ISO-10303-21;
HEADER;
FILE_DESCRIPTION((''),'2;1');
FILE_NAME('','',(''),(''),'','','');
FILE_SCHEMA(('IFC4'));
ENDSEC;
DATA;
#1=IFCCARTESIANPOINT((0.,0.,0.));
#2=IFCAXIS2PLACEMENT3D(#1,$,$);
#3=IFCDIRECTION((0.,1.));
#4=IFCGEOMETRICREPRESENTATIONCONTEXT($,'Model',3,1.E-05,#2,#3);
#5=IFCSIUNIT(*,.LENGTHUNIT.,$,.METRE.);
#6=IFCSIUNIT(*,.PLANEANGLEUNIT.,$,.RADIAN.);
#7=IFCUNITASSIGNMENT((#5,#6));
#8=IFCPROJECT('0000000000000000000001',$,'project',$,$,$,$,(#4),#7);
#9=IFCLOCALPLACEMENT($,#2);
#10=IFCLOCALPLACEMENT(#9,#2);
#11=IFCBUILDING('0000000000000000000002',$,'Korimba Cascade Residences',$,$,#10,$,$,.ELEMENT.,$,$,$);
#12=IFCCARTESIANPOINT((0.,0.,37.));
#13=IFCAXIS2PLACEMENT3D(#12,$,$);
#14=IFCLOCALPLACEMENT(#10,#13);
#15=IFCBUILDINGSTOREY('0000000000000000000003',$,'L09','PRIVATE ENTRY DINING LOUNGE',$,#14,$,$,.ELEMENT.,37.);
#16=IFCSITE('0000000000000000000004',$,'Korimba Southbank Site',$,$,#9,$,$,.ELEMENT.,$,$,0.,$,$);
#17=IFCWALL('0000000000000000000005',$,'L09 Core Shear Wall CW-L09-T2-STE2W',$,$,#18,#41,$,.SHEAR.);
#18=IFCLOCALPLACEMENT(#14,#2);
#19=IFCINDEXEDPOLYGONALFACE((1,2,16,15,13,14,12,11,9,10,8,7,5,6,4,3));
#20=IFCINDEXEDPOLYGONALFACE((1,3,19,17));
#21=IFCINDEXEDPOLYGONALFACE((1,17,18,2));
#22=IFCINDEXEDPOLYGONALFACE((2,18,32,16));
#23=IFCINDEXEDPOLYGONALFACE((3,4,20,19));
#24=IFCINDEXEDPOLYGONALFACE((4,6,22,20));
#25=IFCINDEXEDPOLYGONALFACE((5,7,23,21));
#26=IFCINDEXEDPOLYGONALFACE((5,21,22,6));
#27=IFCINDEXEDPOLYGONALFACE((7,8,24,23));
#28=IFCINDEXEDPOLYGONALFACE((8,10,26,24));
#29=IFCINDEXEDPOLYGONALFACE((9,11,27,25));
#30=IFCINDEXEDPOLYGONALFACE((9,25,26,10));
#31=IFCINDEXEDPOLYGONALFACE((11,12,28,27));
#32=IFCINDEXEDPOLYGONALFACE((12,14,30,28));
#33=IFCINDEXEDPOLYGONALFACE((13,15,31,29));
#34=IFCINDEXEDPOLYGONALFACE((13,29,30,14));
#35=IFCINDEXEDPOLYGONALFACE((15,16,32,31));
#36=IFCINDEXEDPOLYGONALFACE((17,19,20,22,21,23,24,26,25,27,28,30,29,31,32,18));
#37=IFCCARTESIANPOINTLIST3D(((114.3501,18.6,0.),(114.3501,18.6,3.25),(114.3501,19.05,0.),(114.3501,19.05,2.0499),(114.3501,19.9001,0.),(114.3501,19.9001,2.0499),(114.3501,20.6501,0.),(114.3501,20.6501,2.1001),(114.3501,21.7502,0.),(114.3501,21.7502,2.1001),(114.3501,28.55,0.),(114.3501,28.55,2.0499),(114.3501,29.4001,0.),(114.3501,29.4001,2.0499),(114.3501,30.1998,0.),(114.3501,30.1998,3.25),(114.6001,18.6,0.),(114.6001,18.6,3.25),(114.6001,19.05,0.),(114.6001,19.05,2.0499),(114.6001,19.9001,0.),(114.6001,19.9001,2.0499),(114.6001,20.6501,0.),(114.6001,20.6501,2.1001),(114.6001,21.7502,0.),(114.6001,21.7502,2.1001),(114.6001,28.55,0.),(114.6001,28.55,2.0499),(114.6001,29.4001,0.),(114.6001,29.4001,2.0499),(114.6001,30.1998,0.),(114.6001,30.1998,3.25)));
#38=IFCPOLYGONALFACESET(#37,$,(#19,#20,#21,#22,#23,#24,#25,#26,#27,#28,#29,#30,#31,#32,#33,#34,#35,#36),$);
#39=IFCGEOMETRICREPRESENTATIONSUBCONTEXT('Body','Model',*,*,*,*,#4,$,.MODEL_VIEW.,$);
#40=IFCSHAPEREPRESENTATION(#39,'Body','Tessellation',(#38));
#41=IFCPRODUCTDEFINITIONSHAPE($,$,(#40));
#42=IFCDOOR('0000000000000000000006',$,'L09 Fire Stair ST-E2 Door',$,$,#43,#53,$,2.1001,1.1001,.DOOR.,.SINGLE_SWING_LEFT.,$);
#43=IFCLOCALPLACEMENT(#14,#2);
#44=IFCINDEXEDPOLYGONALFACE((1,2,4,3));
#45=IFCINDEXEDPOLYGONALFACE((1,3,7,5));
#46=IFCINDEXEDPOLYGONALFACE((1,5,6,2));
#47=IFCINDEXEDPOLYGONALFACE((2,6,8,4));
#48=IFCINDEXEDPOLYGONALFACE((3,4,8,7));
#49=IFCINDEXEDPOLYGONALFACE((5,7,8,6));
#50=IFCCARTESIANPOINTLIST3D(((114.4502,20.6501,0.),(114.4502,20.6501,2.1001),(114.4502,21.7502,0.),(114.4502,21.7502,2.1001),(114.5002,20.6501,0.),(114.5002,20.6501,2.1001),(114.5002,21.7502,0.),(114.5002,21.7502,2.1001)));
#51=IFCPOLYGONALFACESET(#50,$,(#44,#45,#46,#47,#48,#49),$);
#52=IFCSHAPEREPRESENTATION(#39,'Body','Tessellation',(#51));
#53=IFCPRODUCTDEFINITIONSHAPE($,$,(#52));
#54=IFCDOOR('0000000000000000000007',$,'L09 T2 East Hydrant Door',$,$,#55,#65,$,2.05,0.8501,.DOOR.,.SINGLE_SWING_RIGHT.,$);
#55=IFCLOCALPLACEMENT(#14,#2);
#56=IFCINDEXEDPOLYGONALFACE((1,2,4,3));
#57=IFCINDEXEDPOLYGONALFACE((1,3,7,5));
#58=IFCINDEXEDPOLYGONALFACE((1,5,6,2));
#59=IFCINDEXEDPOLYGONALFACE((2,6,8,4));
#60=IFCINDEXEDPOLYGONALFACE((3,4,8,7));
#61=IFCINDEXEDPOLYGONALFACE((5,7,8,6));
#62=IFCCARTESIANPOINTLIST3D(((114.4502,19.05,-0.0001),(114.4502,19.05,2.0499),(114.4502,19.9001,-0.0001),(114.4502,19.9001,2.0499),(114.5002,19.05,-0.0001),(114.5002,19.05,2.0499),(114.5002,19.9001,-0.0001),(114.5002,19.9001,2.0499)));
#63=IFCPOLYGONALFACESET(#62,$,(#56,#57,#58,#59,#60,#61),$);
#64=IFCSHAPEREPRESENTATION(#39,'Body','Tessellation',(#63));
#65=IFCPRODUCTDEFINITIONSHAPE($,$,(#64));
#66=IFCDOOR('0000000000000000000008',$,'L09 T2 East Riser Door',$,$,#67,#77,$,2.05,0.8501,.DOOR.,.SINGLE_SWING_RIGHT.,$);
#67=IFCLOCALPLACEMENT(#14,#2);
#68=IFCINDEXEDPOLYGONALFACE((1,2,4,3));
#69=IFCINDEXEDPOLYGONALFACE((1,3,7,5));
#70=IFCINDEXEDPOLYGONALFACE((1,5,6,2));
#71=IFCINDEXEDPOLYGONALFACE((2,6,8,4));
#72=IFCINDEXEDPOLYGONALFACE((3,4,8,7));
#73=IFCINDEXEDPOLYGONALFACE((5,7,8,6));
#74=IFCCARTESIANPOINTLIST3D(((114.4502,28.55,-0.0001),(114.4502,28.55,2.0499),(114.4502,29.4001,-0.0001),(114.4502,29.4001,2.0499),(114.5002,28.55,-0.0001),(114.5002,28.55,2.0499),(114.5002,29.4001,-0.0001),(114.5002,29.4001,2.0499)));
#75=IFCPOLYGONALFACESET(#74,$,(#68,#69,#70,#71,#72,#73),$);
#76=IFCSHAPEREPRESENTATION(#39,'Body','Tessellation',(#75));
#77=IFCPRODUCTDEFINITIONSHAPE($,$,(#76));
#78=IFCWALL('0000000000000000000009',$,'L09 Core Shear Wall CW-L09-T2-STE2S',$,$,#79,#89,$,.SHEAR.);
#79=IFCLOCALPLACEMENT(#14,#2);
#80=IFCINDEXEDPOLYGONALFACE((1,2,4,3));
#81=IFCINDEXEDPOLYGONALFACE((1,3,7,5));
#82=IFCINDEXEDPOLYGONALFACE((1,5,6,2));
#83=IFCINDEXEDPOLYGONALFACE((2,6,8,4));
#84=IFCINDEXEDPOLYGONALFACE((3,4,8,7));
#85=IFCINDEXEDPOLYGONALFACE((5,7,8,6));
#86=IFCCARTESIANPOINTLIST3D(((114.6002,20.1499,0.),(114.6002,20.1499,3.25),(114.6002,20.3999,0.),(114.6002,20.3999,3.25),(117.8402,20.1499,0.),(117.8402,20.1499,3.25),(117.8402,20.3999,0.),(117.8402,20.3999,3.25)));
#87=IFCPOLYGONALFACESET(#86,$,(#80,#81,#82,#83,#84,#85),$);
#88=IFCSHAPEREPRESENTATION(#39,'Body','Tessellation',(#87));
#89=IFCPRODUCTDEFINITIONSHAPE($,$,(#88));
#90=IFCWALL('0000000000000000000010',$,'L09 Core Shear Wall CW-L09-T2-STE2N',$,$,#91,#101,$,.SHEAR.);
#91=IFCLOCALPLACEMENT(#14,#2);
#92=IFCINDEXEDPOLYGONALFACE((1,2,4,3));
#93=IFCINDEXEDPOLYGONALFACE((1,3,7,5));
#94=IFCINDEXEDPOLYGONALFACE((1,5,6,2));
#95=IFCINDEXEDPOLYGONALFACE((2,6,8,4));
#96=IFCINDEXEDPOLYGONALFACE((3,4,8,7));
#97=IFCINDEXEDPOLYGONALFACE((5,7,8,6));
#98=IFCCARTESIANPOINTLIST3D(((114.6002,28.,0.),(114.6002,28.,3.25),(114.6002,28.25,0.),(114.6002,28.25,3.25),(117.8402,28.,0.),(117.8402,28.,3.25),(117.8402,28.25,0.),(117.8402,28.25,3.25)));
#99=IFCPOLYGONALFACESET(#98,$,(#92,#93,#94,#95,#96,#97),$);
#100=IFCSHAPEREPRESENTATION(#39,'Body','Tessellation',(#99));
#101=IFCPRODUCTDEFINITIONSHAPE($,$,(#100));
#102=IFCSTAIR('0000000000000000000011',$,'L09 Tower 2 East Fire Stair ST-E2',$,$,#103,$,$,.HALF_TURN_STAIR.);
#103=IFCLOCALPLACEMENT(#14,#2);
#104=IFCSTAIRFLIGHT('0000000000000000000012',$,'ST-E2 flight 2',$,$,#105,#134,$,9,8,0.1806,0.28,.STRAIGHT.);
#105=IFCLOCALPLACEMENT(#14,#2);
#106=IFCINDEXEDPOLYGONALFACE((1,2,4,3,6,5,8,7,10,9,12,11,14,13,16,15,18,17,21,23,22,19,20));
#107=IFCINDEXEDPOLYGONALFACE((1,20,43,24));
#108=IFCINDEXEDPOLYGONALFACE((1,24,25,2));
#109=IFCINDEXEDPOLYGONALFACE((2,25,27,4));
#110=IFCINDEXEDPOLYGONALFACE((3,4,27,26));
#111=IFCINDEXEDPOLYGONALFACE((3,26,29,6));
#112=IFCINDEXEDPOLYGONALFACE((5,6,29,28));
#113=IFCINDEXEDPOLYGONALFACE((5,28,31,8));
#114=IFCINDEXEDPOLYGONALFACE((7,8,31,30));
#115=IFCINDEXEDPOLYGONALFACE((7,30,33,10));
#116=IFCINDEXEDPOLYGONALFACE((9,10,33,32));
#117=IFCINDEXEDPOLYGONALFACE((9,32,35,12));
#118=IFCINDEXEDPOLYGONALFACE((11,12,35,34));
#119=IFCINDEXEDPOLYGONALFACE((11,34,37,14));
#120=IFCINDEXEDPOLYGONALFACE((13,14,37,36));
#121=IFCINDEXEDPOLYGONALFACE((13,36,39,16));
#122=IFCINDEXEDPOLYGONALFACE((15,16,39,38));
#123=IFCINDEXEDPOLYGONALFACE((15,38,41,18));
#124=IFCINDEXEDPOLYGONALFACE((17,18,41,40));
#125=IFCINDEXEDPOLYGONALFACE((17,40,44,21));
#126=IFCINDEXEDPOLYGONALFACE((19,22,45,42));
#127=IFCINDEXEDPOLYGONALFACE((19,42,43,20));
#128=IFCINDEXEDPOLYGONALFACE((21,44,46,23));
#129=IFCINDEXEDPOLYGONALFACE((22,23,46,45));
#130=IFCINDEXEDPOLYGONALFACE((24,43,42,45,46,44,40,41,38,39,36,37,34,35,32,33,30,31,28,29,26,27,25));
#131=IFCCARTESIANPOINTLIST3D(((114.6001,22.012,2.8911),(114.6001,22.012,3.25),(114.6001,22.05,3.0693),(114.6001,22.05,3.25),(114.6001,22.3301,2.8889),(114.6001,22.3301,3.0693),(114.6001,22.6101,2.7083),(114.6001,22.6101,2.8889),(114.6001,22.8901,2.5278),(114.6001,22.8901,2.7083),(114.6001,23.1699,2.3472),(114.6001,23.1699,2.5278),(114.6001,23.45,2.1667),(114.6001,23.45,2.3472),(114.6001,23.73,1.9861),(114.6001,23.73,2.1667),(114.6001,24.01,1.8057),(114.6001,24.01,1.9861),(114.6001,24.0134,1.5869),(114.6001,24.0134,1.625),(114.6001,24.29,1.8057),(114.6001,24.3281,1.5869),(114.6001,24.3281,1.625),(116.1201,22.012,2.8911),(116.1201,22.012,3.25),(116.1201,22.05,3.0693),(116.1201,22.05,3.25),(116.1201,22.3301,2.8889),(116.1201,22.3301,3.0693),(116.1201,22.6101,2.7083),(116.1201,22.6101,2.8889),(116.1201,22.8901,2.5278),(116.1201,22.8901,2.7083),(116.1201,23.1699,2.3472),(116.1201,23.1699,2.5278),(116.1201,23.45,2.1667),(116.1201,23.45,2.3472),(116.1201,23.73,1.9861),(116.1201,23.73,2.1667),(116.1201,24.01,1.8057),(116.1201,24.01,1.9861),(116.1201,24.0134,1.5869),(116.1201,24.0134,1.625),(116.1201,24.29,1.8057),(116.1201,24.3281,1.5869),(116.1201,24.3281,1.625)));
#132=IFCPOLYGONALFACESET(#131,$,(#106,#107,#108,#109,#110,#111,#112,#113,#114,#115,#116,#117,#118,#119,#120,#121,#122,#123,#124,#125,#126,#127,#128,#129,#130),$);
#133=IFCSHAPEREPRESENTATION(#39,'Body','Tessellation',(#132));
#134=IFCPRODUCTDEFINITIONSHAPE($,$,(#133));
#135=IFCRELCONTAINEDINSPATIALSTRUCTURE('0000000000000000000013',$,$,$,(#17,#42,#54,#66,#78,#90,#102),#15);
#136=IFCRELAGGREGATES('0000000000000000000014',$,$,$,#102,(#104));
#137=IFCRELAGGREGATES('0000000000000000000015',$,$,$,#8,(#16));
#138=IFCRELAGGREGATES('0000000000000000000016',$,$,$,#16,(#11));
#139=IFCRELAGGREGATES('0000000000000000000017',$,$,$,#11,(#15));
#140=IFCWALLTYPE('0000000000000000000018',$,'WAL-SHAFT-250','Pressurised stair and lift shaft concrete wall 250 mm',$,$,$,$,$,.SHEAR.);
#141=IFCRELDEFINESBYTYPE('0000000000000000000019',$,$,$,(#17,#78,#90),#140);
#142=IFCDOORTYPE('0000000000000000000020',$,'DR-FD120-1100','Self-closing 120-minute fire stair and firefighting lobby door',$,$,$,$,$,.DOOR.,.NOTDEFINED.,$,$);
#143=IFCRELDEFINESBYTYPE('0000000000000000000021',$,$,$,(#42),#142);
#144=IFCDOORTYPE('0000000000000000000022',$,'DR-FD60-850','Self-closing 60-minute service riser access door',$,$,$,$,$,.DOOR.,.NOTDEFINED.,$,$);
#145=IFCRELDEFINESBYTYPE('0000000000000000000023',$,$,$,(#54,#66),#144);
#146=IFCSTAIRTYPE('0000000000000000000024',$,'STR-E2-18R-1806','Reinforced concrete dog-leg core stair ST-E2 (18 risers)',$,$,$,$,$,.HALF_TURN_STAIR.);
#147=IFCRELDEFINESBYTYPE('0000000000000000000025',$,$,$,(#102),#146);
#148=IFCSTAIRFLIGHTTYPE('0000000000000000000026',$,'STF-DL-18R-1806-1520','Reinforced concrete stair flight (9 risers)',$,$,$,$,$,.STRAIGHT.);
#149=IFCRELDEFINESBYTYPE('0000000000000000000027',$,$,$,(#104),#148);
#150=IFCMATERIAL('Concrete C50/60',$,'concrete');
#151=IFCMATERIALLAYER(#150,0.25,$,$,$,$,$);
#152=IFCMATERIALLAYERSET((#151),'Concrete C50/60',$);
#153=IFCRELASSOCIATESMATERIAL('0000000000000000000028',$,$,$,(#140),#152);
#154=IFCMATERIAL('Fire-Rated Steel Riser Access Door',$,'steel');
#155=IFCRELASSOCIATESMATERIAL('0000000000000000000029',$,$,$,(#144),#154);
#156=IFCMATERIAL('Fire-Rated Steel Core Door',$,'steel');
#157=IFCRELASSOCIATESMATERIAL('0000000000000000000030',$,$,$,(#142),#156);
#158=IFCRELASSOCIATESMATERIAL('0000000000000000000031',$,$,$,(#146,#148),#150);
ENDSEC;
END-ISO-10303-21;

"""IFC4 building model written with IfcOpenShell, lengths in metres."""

from ifc_helpers import new_model, si_unit, direction, frame, frame_2d, origin, place, context, subcontext, project, spatial, polyline, rectangle, outline, extrude, material, layer, layer_set, type_object, element, fill, aggregate, save


model = new_model("IFC4")

# Units and contexts
model_context = context("Model", 3, precision=1e-05, world=origin(), true_north=direction((0.0, 1.0)))
body_context = subcontext(model_context, "Body", "Model", "MODEL_VIEW")
ifc_project = project(units=[si_unit("LENGTHUNIT", "METRE"), si_unit("PLANEANGLEUNIT", "RADIAN")], contexts=[model_context])

# Site, building, storey
site_placement = place(None, origin())
site = spatial("IfcSite", under=ifc_project, at=site_placement, Name="Korimba Southbank Site", CompositionType="ELEMENT", RefElevation=0.0)
building_placement = place(site_placement, origin())
building = spatial("IfcBuilding", under=site, at=building_placement, Name="Korimba Cascade Residences", CompositionType="ELEMENT")
storey_placement = place(building_placement, frame((0.0, 0.0, 37.0)))
storey = spatial("IfcBuildingStorey", under=building, at=storey_placement, Name="L09", Description="PRIVATE ENTRY DINING LOUNGE", CompositionType="ELEMENT", Elevation=37.0)

# Shared definitions
ifc_material_1 = material(Name="Concrete C50/60", Category="concrete")

# Shared definitions
ifc_layer_1 = layer(ifc_material_1, 0.25)
ifc_layer_set_1 = layer_set([ifc_layer_1], Name="Concrete C50/60")
wall_type_1 = type_object("IfcWallType", Name="WAL-SHAFT-250", Description="Pressurised stair and lift shaft concrete wall 250 mm", PredefinedType="SHEAR", material=ifc_layer_set_1)

# Shared definitions
ifc_material_2 = material(Name="Fire-Rated Steel Riser Access Door", Category="steel")
door_type_1 = type_object("IfcDoorType", Name="DR-FD60-850", Description="Self-closing 60-minute service riser access door", OperationType="NOTDEFINED", PredefinedType="DOOR", material=ifc_material_2)

# Wall, openings, doors
wall_1_placement = place(storey_placement, frame((114.4751, 18.6001, 0.0), z_axis=(0.0, 0.0, 1.0), x_axis=(0.0, 1.0, 0.0)))
wall_1 = element("IfcWall", 1, at=wall_1_placement, inside=storey, type_object=wall_type_1, Name="L09 Core Shear Wall CW-L09-T2-STE2W", PredefinedType="SHEAR", context=body_context, shape_type="SweptSolid", body=[
    extrude(rectangle(XDim=11.5999, YDim=0.25, at=frame_2d((5.7998, 0.0))), origin(), (0.0, 0.0, 1.0), 3.25),
])
opening_1_placement = place(wall_1_placement, frame((0.45, 0.0, 0.0)))
opening_1 = element("IfcOpeningElement", 2, at=opening_1_placement, cuts=wall_1, PredefinedType="OPENING", context=body_context, shape_type="SweptSolid", body=[
    extrude(rectangle(XDim=0.8501, YDim=2.05, at=frame_2d((0.425, 1.0249))), frame((0.0, 0.135, 0.0), z_axis=(0.0, -1.0, 0.0), x_axis=(1.0, 0.0, 0.0)), (0.0, 0.0, 1.0), 0.27),
])
opening_2_placement = place(wall_1_placement, frame((2.05, 0.0, 0.0)))
opening_2 = element("IfcOpeningElement", 3, at=opening_2_placement, cuts=wall_1, PredefinedType="OPENING", context=body_context, shape_type="SweptSolid", body=[
    extrude(rectangle(XDim=1.1001, YDim=2.1001, at=frame_2d((0.55, 1.05))), frame((0.0, 0.135, 0.0), z_axis=(0.0, -1.0, 0.0), x_axis=(1.0, 0.0, 0.0)), (0.0, 0.0, 1.0), 0.27),
])
opening_3_placement = place(wall_1_placement, frame((9.95, 0.0, 0.0)))
opening_3 = element("IfcOpeningElement", 4, at=opening_3_placement, cuts=wall_1, PredefinedType="OPENING", context=body_context, shape_type="SweptSolid", body=[
    extrude(rectangle(XDim=0.8501, YDim=2.05, at=frame_2d((0.425, 1.0249))), frame((0.0, 0.135, 0.0), z_axis=(0.0, -1.0, 0.0), x_axis=(1.0, 0.0, 0.0)), (0.0, 0.0, 1.0), 0.27),
])
ifc_material_3 = material(Name="Fire-Rated Steel Core Door", Category="steel")
door_type_2 = type_object("IfcDoorType", Name="DR-FD120-1100", Description="Self-closing 120-minute fire stair and firefighting lobby door", OperationType="NOTDEFINED", PredefinedType="DOOR", material=ifc_material_3)
door_1_placement = place(opening_2_placement, origin())
door_1 = element("IfcDoor", 5, at=door_1_placement, inside=storey, type_object=door_type_2, Name="L09 Fire Stair ST-E2 Door", OperationType="SINGLE_SWING_LEFT", OverallHeight=2.1001, OverallWidth=1.1001, PredefinedType="DOOR", context=body_context, shape_type="SweptSolid", body=[
    extrude(rectangle(XDim=1.1001, YDim=2.1001, at=frame_2d((0.55, 1.05))), frame((0.0, 0.0249, 0.0), z_axis=(0.0, -1.0, 0.0), x_axis=(1.0, 0.0, 0.0)), (0.0, 0.0, 1.0), 0.05),
])
fill(opening_2, door_1)
door_2_placement = place(opening_1_placement, origin())
door_2 = element("IfcDoor", 6, at=door_2_placement, inside=storey, type_object=door_type_1, Name="L09 T2 East Hydrant Door", OperationType="SINGLE_SWING_RIGHT", OverallHeight=2.05, OverallWidth=0.8501, PredefinedType="DOOR", context=body_context, shape_type="SweptSolid", body=[
    extrude(rectangle(XDim=0.8501, YDim=2.05, at=frame_2d((0.425, 1.0249))), frame((0.0, 0.0249, 0.0), z_axis=(0.0, -1.0, 0.0), x_axis=(1.0, 0.0, 0.0)), (0.0, 0.0, 1.0), 0.05),
])
fill(opening_1, door_2)
door_3_placement = place(opening_3_placement, origin())
door_3 = element("IfcDoor", 7, at=door_3_placement, inside=storey, type_object=door_type_1, Name="L09 T2 East Riser Door", OperationType="SINGLE_SWING_RIGHT", OverallHeight=2.05, OverallWidth=0.8501, PredefinedType="DOOR", context=body_context, shape_type="SweptSolid", body=[
    extrude(rectangle(XDim=0.8501, YDim=2.05, at=frame_2d((0.425, 1.0249))), frame((0.0, 0.0249, 0.0), z_axis=(0.0, -1.0, 0.0), x_axis=(1.0, 0.0, 0.0)), (0.0, 0.0, 1.0), 0.05),
])
fill(opening_3, door_3)

# Walls
for number, where, z_axis, x_axis, name in (
    (8, (114.6001, 20.2749, 0.0), (0.0, 0.0, 1.0), (1.0, 0.0, 0.0), "L09 Core Shear Wall CW-L09-T2-STE2S"),
    (9, (114.6001, 28.125, 0.0), (0.0, 0.0, 1.0), (1.0, 0.0, 0.0), "L09 Core Shear Wall CW-L09-T2-STE2N"),
):
    element("IfcWall", number, at=place(storey_placement, frame(where, z_axis=z_axis, x_axis=x_axis)), inside=storey, type_object=wall_type_1, Name=name, PredefinedType="SHEAR", context=body_context, shape_type="SweptSolid", body=[
        extrude(rectangle(XDim=3.24, YDim=0.25, at=frame_2d((1.6201, 0.0))), origin(), (0.0, 0.0, 1.0), 3.25),
    ])

# Stair, stair flight
stair_type = type_object("IfcStairType", Name="STR-E2-18R-1806", Description="Reinforced concrete dog-leg core stair ST-E2 (18 risers)", PredefinedType="HALF_TURN_STAIR", material=ifc_material_1)
stair_placement = place(storey_placement, origin())
stair = element("IfcStair", 10, at=stair_placement, inside=storey, type_object=stair_type, Name="L09 Tower 2 East Fire Stair ST-E2", PredefinedType="HALF_TURN_STAIR")
stair_flight_type = type_object("IfcStairFlightType", Name="STF-DL-18R-1806-1520", Description="Reinforced concrete stair flight (9 risers)", PredefinedType="STRAIGHT", material=ifc_material_1)
stair_flight_placement = place(storey_placement, frame((115.3601, 24.29, 1.625), z_axis=(0.0, 0.0, 1.0), x_axis=(0.0, -1.0, 0.0)))
stair_flight = element("IfcStairFlight", 11, at=stair_flight_placement, type_object=stair_flight_type, Name="ST-E2 flight 2", NumberOfRisers=9, NumberOfTreads=8, PredefinedType="STRAIGHT", RiserHeight=0.1806, TreadLength=0.28, context=body_context, shape_type="SweptSolid", body=[
    extrude(outline(polyline([(-0.0381, 0.0), (0.0, 0.1807), (0.28, 0.1807), (0.28, 0.3611), (0.5601, 0.3611), (0.5601, 0.5417), (0.8401, 0.5417), (0.8401, 0.7222), (1.1201, 0.7222), (1.1201, 0.9028), (1.3999, 0.9028), (1.3999, 1.0833), (1.6799, 1.0833), (1.6799, 1.2639), (1.96, 1.2639), (1.96, 1.4443), (2.24, 1.4443), (2.24, 1.625), (2.2781, 1.625), (2.2781, 1.2661), (0.2766, 0.0), (0.2766, -0.0381), (-0.0381, -0.0381), (-0.0381, 0.0)])), frame((0.0, 0.76, 0.0), z_axis=(0.0, -1.0, 0.0), x_axis=(1.0, 0.0, 0.0)), (0.0, 0.0, 1.0), 1.52),
])
aggregate(stair, [stair_flight])

save(model, "model.ifc")
